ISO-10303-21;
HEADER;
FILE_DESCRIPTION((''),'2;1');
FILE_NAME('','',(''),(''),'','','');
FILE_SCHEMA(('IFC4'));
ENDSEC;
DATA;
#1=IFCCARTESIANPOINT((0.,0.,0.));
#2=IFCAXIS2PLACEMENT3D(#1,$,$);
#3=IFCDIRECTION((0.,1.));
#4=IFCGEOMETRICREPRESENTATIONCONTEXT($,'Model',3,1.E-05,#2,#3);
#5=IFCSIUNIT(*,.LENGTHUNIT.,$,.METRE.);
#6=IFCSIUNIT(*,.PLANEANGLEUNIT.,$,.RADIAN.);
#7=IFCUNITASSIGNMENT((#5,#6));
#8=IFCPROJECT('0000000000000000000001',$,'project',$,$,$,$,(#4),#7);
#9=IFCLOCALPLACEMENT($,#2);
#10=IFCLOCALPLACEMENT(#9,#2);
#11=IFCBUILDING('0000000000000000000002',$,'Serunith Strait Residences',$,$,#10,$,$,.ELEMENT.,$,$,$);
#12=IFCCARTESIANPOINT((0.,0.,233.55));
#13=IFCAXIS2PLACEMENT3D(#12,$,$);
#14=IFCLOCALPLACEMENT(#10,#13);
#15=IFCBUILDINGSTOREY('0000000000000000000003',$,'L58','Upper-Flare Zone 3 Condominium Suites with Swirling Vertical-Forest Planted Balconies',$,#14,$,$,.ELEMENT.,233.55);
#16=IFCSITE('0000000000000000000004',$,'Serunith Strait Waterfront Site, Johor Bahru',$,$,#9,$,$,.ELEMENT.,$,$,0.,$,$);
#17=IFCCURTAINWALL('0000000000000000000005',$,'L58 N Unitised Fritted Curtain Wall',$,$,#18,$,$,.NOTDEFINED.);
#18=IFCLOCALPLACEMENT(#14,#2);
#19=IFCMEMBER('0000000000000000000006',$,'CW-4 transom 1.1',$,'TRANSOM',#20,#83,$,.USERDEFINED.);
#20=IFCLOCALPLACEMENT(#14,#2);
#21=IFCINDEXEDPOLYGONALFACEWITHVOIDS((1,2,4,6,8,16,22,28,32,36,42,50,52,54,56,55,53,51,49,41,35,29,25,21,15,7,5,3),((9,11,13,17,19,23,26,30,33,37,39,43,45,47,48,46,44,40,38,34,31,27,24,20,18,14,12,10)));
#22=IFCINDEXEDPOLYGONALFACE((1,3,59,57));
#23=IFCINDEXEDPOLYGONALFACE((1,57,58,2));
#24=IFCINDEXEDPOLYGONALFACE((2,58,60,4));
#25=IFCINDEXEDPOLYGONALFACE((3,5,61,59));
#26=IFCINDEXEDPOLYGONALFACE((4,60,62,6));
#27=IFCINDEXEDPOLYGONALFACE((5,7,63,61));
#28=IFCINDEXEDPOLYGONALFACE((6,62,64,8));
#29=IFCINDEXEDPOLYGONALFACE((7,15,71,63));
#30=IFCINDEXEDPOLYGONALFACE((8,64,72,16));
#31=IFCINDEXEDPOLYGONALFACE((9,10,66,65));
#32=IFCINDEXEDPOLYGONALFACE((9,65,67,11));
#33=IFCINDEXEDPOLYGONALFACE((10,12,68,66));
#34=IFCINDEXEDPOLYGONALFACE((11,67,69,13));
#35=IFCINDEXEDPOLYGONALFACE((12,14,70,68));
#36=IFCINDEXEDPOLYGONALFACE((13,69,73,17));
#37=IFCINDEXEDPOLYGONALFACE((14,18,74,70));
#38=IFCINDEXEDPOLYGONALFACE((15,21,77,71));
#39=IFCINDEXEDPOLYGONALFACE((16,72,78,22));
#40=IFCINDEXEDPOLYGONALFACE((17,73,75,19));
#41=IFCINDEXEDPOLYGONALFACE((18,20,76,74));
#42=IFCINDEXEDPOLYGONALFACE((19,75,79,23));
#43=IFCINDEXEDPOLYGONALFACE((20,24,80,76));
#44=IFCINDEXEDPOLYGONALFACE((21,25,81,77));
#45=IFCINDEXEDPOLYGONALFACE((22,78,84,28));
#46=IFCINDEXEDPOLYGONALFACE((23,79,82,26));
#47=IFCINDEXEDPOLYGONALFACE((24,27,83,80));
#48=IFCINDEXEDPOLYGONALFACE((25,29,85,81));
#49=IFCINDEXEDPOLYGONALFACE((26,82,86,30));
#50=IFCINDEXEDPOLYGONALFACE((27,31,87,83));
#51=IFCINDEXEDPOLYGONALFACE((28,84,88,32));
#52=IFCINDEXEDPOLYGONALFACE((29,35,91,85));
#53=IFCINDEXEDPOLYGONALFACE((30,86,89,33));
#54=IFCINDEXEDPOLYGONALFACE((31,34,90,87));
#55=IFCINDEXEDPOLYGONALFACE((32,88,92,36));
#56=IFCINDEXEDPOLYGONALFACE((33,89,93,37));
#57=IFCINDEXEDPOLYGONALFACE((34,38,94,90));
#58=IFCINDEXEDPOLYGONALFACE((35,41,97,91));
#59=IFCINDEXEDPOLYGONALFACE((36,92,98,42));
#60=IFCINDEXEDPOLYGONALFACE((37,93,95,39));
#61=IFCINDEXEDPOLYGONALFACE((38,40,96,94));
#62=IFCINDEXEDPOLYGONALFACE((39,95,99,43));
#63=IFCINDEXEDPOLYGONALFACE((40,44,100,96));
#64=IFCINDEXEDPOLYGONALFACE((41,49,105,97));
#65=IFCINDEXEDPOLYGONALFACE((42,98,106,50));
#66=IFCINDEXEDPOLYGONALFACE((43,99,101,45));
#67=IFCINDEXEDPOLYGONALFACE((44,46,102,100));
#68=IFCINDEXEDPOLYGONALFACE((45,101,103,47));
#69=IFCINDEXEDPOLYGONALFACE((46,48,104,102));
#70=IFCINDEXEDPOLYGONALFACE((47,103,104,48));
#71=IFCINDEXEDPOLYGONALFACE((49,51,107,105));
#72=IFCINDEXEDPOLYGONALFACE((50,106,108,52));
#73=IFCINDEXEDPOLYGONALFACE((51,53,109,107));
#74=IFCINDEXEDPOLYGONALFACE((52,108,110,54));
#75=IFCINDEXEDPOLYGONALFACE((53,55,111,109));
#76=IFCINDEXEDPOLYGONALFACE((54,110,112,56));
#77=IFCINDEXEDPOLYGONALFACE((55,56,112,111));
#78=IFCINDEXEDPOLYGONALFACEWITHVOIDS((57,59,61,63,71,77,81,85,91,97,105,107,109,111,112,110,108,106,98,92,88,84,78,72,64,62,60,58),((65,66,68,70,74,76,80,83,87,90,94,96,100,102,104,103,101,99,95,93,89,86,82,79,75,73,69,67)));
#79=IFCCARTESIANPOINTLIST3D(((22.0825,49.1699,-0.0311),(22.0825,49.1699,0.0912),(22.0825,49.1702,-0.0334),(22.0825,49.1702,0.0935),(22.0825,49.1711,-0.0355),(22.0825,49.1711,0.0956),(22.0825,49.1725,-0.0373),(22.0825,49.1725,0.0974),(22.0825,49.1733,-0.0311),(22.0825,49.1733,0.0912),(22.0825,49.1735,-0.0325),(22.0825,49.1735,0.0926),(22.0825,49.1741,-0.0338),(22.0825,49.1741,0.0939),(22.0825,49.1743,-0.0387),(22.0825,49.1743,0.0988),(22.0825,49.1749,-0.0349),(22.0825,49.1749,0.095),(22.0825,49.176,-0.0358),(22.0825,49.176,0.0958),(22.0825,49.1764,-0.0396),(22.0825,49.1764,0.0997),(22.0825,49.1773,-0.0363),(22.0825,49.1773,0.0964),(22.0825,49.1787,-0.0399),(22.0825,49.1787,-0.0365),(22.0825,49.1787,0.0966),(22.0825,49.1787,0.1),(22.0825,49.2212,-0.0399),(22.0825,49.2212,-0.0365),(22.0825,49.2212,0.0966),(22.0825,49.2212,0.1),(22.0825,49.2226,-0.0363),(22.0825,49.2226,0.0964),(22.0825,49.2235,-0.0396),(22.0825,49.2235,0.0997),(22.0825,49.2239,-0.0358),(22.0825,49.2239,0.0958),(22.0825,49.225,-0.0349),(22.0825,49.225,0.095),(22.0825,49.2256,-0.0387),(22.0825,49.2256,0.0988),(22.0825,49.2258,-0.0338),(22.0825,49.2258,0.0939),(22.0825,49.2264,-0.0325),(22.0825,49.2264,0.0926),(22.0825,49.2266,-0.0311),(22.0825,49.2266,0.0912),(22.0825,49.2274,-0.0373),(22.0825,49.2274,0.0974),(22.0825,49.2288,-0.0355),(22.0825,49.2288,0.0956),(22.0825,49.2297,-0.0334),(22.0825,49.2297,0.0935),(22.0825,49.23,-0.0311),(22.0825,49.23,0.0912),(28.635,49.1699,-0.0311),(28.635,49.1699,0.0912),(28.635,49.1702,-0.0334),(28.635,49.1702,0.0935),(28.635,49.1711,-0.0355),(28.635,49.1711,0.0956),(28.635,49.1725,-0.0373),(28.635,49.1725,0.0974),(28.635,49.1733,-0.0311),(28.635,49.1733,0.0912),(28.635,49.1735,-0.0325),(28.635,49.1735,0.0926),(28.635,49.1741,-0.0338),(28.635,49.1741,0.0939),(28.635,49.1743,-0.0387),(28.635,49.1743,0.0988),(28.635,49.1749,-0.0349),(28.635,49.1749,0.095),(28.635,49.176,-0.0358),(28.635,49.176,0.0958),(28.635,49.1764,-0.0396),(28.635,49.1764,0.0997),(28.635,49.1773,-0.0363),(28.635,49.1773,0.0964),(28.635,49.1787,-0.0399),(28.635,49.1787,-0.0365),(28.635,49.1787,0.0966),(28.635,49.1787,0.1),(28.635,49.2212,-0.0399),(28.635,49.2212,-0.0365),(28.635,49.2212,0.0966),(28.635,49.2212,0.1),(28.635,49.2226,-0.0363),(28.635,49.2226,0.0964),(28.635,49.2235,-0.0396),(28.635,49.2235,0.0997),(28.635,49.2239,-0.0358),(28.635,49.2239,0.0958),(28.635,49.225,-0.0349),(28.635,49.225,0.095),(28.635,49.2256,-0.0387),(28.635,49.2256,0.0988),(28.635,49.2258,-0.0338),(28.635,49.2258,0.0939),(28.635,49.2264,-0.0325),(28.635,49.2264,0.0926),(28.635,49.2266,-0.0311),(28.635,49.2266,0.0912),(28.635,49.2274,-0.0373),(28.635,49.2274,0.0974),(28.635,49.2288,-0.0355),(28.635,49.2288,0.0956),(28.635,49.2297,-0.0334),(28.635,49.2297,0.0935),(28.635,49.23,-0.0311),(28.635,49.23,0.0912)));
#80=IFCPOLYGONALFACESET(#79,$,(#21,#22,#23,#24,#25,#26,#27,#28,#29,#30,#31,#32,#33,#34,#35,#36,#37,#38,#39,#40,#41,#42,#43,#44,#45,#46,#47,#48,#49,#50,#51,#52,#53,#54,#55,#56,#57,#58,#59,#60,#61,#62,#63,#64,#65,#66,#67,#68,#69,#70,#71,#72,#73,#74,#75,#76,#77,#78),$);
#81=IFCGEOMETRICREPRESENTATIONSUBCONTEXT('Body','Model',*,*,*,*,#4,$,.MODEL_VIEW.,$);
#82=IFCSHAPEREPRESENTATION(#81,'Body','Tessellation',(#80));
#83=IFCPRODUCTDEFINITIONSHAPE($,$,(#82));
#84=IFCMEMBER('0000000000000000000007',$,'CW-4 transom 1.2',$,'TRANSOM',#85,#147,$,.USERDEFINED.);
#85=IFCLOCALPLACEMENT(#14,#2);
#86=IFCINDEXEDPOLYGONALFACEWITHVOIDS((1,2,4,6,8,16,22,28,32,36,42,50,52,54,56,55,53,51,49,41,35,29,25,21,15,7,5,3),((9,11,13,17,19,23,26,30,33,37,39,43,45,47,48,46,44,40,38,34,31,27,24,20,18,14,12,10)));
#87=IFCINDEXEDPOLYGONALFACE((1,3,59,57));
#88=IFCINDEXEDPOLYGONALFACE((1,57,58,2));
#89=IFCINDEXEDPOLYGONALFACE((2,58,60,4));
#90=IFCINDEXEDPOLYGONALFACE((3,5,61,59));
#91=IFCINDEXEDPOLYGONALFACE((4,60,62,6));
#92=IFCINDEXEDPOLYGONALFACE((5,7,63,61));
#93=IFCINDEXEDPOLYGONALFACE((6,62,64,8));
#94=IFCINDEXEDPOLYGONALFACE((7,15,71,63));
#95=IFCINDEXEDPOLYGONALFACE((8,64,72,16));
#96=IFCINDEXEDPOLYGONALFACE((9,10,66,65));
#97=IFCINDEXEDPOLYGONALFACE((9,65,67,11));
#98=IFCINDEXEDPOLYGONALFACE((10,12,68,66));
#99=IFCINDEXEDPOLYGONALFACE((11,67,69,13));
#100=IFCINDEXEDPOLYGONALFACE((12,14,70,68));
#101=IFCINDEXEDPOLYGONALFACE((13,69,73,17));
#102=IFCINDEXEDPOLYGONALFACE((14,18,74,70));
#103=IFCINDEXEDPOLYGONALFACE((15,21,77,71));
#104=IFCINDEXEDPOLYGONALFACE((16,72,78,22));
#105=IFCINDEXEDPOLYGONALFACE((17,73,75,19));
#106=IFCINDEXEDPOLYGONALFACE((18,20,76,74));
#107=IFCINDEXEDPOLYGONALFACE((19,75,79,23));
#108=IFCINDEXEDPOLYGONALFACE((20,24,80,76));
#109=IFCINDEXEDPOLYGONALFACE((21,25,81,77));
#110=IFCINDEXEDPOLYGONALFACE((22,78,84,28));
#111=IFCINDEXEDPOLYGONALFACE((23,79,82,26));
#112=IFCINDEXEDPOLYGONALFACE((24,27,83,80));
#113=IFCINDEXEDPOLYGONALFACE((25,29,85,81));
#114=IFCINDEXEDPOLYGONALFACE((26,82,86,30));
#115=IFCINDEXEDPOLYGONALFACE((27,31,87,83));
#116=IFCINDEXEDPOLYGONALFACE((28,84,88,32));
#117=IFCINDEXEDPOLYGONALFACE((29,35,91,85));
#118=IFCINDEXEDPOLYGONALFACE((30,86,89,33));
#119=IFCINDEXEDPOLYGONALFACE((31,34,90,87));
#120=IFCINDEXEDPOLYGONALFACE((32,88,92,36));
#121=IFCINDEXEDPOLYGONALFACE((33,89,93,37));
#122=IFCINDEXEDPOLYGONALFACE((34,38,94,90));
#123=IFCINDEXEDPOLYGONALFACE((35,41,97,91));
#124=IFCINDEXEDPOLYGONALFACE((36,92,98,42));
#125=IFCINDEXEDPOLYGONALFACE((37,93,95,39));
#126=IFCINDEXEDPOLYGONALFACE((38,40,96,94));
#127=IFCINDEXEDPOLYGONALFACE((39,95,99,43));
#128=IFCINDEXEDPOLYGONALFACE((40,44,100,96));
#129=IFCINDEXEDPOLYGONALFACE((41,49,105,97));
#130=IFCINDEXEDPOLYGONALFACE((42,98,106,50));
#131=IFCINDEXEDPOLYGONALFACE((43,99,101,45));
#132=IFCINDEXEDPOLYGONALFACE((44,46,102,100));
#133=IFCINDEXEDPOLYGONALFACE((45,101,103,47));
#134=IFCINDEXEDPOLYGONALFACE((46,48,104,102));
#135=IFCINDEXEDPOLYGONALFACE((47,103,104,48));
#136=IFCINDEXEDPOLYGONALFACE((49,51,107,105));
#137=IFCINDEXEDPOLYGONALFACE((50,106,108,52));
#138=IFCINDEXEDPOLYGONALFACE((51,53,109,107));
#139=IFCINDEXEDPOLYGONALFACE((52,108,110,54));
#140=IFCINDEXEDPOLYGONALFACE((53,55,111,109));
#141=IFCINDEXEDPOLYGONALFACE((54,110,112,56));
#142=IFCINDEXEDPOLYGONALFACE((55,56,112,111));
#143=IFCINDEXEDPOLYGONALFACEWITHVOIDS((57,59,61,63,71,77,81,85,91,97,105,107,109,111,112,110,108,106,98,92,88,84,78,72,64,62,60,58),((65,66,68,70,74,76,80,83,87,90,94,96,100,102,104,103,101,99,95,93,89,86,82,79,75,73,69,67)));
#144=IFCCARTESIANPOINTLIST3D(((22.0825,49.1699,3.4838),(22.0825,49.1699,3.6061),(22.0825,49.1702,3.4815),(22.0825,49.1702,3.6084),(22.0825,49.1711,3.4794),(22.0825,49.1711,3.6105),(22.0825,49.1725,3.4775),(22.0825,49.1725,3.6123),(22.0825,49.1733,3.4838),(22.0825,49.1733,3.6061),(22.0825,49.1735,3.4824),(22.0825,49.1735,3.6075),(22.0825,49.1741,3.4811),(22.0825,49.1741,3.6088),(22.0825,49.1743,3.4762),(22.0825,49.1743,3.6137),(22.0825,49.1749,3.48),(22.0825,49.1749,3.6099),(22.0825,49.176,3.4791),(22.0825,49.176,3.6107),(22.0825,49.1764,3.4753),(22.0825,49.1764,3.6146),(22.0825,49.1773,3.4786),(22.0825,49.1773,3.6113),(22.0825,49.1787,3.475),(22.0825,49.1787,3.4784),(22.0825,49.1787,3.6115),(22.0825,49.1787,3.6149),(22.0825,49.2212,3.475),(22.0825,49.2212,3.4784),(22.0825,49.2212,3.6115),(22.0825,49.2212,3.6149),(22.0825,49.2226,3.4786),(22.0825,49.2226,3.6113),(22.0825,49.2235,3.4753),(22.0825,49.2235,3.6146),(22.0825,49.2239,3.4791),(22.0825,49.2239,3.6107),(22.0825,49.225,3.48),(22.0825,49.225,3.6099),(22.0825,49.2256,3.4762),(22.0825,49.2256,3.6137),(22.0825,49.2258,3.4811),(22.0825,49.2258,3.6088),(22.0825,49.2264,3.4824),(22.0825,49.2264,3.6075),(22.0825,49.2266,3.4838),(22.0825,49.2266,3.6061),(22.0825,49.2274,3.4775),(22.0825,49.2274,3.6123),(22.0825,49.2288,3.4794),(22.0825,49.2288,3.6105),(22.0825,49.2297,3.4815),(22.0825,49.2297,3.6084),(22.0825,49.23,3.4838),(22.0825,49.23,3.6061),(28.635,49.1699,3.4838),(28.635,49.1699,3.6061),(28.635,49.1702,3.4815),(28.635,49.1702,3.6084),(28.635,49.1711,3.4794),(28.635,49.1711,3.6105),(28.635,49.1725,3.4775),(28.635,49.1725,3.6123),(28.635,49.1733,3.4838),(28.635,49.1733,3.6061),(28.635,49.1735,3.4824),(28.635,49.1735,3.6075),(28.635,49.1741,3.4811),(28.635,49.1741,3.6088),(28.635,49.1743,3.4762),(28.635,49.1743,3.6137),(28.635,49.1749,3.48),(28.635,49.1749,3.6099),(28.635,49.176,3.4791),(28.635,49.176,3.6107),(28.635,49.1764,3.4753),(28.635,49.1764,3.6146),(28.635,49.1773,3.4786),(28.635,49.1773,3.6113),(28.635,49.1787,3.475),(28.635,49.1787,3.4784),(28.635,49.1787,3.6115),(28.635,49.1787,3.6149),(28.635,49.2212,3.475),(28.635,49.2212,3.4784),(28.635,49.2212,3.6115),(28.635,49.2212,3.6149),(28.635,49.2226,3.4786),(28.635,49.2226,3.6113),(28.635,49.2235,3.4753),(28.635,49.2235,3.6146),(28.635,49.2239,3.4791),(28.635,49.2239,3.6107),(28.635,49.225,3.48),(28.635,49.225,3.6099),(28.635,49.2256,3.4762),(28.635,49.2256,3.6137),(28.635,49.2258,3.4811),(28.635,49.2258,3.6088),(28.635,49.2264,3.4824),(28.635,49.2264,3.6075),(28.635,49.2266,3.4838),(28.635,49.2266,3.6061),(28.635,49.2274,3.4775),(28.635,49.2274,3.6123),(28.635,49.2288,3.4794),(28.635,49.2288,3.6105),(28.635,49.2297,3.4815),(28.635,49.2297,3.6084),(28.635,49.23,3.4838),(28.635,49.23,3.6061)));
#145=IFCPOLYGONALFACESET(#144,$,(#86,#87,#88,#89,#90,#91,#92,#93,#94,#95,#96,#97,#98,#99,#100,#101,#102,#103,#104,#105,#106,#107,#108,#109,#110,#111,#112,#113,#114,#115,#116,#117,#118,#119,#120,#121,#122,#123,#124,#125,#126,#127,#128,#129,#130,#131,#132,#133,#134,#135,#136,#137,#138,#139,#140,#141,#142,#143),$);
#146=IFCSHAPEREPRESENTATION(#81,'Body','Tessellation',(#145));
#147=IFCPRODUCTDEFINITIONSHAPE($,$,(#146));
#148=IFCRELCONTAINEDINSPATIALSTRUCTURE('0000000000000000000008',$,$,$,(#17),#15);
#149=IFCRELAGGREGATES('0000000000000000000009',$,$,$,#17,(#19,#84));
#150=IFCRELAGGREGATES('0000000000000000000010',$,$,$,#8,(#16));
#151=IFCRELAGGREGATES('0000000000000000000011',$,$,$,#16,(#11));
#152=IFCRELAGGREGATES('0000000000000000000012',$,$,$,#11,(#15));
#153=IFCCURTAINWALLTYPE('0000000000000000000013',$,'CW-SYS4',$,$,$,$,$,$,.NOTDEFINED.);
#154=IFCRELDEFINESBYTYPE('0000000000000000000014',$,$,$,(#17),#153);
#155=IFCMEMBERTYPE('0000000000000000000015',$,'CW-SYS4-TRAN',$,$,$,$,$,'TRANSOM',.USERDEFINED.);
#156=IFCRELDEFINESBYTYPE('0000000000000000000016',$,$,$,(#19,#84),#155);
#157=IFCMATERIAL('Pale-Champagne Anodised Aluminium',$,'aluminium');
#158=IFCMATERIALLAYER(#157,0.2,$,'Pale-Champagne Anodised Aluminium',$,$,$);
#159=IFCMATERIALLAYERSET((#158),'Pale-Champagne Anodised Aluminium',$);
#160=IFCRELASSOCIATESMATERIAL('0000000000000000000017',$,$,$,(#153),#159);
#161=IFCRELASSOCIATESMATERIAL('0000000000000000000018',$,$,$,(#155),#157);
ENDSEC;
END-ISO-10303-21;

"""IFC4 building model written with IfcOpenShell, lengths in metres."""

from ifc_helpers import new_model, si_unit, direction, frame, origin, origin_2d, place, context, subcontext, project, spatial, hollow_rectangle, extrude, source, transform, mapped, material, layer, layer_set, material_profile, profile_set, type_object, element, aggregate, save


model = new_model("IFC4")

# Units and contexts
model_context = context("Model", 3, precision=1e-05, world=origin(), true_north=direction((0.0, 1.0)))
body_context = subcontext(model_context, "Body", "Model", "MODEL_VIEW")
ifc_project = project(units=[si_unit("LENGTHUNIT", "METRE"), si_unit("PLANEANGLEUNIT", "RADIAN")], contexts=[model_context])

# Site, building, storey
site_placement = place(None, origin())
site = spatial("IfcSite", under=ifc_project, at=site_placement, Name="Serunith Strait Waterfront Site, Johor Bahru", CompositionType="ELEMENT", RefElevation=0.0)
building_placement = place(site_placement, origin())
building = spatial("IfcBuilding", under=site, at=building_placement, Name="Serunith Strait Residences", CompositionType="ELEMENT")
storey_placement = place(building_placement, frame((0.0, 0.0, 233.55)))
storey = spatial("IfcBuildingStorey", under=building, at=storey_placement, Name="L58", Description="Upper-Flare Zone 3 Condominium Suites with Swirling Vertical-Forest Planted Balconies", CompositionType="ELEMENT", Elevation=233.55)

# Curtain wall, members
ifc_material_1 = material(Name="Pale-Champagne Anodised Aluminium", Category="aluminium")
ifc_layer_1 = layer(ifc_material_1, 0.2, Name="Pale-Champagne Anodised Aluminium")
ifc_layer_set_1 = layer_set([ifc_layer_1], Name="Pale-Champagne Anodised Aluminium")
curtain_wall_type = type_object("IfcCurtainWallType", Name="CW-SYS4", PredefinedType="NOTDEFINED", material=ifc_layer_set_1)
curtain_wall_placement = place(storey_placement, origin())
curtain_wall = element("IfcCurtainWall", 1, at=curtain_wall_placement, inside=storey, type_object=curtain_wall_type, Name="L58 N Unitised Fritted Curtain Wall", PredefinedType="NOTDEFINED")
ifc_material_profile_1 = material_profile(ifc_material_1, hollow_rectangle(XDim=0.0601, YDim=0.1399, WallThickness=0.0034, InnerFilletRadius=0.0054, OuterFilletRadius=0.0088, at=origin_2d()), Name="ALU 140x60x3.5")
ifc_profile_set_1 = profile_set([ifc_material_profile_1], Name="Pale-Champagne Anodised Aluminium")
member_type_1 = type_object("IfcMemberType", Name="CW-SYS4-TRAN", ElementType="TRANSOM", PredefinedType="USERDEFINED", material=ifc_profile_set_1)
shared_shape_1 = source(origin(), body_context, "Body", "SweptSolid", [
    extrude(hollow_rectangle(XDim=0.0601, YDim=0.1399, WallThickness=0.0034, InnerFilletRadius=0.0054, OuterFilletRadius=0.0088, at=origin_2d()), origin(), (0.0, 0.0, 1.0), 6.5525),
])
member_1_placement = place(storey_placement, frame((28.635, 49.2, 0.03), z_axis=(-1.0, 0.0, 0.0), x_axis=(0.0, -1.0, 0.0)))
member_1 = element("IfcMember", 2, at=member_1_placement, type_object=member_type_1, Name="CW-4 transom 1.1", ObjectType="TRANSOM", PredefinedType="USERDEFINED", context=body_context, shape_type="MappedRepresentation", body=[
    mapped(shared_shape_1, transform((0.0, 0.0, 0.0), scale=1.0)),
])
member_2_placement = place(storey_placement, frame((28.635, 49.2, 3.5449), z_axis=(-1.0, 0.0, 0.0), x_axis=(0.0, -1.0, 0.0)))
member_2 = element("IfcMember", 3, at=member_2_placement, type_object=member_type_1, Name="CW-4 transom 1.2", ObjectType="TRANSOM", PredefinedType="USERDEFINED", context=body_context, shape_type="MappedRepresentation", body=[
    mapped(shared_shape_1, transform((0.0, 0.0, 0.0), scale=1.0)),
])
aggregate(curtain_wall, [member_1, member_2])

save(model, "model.ifc")
